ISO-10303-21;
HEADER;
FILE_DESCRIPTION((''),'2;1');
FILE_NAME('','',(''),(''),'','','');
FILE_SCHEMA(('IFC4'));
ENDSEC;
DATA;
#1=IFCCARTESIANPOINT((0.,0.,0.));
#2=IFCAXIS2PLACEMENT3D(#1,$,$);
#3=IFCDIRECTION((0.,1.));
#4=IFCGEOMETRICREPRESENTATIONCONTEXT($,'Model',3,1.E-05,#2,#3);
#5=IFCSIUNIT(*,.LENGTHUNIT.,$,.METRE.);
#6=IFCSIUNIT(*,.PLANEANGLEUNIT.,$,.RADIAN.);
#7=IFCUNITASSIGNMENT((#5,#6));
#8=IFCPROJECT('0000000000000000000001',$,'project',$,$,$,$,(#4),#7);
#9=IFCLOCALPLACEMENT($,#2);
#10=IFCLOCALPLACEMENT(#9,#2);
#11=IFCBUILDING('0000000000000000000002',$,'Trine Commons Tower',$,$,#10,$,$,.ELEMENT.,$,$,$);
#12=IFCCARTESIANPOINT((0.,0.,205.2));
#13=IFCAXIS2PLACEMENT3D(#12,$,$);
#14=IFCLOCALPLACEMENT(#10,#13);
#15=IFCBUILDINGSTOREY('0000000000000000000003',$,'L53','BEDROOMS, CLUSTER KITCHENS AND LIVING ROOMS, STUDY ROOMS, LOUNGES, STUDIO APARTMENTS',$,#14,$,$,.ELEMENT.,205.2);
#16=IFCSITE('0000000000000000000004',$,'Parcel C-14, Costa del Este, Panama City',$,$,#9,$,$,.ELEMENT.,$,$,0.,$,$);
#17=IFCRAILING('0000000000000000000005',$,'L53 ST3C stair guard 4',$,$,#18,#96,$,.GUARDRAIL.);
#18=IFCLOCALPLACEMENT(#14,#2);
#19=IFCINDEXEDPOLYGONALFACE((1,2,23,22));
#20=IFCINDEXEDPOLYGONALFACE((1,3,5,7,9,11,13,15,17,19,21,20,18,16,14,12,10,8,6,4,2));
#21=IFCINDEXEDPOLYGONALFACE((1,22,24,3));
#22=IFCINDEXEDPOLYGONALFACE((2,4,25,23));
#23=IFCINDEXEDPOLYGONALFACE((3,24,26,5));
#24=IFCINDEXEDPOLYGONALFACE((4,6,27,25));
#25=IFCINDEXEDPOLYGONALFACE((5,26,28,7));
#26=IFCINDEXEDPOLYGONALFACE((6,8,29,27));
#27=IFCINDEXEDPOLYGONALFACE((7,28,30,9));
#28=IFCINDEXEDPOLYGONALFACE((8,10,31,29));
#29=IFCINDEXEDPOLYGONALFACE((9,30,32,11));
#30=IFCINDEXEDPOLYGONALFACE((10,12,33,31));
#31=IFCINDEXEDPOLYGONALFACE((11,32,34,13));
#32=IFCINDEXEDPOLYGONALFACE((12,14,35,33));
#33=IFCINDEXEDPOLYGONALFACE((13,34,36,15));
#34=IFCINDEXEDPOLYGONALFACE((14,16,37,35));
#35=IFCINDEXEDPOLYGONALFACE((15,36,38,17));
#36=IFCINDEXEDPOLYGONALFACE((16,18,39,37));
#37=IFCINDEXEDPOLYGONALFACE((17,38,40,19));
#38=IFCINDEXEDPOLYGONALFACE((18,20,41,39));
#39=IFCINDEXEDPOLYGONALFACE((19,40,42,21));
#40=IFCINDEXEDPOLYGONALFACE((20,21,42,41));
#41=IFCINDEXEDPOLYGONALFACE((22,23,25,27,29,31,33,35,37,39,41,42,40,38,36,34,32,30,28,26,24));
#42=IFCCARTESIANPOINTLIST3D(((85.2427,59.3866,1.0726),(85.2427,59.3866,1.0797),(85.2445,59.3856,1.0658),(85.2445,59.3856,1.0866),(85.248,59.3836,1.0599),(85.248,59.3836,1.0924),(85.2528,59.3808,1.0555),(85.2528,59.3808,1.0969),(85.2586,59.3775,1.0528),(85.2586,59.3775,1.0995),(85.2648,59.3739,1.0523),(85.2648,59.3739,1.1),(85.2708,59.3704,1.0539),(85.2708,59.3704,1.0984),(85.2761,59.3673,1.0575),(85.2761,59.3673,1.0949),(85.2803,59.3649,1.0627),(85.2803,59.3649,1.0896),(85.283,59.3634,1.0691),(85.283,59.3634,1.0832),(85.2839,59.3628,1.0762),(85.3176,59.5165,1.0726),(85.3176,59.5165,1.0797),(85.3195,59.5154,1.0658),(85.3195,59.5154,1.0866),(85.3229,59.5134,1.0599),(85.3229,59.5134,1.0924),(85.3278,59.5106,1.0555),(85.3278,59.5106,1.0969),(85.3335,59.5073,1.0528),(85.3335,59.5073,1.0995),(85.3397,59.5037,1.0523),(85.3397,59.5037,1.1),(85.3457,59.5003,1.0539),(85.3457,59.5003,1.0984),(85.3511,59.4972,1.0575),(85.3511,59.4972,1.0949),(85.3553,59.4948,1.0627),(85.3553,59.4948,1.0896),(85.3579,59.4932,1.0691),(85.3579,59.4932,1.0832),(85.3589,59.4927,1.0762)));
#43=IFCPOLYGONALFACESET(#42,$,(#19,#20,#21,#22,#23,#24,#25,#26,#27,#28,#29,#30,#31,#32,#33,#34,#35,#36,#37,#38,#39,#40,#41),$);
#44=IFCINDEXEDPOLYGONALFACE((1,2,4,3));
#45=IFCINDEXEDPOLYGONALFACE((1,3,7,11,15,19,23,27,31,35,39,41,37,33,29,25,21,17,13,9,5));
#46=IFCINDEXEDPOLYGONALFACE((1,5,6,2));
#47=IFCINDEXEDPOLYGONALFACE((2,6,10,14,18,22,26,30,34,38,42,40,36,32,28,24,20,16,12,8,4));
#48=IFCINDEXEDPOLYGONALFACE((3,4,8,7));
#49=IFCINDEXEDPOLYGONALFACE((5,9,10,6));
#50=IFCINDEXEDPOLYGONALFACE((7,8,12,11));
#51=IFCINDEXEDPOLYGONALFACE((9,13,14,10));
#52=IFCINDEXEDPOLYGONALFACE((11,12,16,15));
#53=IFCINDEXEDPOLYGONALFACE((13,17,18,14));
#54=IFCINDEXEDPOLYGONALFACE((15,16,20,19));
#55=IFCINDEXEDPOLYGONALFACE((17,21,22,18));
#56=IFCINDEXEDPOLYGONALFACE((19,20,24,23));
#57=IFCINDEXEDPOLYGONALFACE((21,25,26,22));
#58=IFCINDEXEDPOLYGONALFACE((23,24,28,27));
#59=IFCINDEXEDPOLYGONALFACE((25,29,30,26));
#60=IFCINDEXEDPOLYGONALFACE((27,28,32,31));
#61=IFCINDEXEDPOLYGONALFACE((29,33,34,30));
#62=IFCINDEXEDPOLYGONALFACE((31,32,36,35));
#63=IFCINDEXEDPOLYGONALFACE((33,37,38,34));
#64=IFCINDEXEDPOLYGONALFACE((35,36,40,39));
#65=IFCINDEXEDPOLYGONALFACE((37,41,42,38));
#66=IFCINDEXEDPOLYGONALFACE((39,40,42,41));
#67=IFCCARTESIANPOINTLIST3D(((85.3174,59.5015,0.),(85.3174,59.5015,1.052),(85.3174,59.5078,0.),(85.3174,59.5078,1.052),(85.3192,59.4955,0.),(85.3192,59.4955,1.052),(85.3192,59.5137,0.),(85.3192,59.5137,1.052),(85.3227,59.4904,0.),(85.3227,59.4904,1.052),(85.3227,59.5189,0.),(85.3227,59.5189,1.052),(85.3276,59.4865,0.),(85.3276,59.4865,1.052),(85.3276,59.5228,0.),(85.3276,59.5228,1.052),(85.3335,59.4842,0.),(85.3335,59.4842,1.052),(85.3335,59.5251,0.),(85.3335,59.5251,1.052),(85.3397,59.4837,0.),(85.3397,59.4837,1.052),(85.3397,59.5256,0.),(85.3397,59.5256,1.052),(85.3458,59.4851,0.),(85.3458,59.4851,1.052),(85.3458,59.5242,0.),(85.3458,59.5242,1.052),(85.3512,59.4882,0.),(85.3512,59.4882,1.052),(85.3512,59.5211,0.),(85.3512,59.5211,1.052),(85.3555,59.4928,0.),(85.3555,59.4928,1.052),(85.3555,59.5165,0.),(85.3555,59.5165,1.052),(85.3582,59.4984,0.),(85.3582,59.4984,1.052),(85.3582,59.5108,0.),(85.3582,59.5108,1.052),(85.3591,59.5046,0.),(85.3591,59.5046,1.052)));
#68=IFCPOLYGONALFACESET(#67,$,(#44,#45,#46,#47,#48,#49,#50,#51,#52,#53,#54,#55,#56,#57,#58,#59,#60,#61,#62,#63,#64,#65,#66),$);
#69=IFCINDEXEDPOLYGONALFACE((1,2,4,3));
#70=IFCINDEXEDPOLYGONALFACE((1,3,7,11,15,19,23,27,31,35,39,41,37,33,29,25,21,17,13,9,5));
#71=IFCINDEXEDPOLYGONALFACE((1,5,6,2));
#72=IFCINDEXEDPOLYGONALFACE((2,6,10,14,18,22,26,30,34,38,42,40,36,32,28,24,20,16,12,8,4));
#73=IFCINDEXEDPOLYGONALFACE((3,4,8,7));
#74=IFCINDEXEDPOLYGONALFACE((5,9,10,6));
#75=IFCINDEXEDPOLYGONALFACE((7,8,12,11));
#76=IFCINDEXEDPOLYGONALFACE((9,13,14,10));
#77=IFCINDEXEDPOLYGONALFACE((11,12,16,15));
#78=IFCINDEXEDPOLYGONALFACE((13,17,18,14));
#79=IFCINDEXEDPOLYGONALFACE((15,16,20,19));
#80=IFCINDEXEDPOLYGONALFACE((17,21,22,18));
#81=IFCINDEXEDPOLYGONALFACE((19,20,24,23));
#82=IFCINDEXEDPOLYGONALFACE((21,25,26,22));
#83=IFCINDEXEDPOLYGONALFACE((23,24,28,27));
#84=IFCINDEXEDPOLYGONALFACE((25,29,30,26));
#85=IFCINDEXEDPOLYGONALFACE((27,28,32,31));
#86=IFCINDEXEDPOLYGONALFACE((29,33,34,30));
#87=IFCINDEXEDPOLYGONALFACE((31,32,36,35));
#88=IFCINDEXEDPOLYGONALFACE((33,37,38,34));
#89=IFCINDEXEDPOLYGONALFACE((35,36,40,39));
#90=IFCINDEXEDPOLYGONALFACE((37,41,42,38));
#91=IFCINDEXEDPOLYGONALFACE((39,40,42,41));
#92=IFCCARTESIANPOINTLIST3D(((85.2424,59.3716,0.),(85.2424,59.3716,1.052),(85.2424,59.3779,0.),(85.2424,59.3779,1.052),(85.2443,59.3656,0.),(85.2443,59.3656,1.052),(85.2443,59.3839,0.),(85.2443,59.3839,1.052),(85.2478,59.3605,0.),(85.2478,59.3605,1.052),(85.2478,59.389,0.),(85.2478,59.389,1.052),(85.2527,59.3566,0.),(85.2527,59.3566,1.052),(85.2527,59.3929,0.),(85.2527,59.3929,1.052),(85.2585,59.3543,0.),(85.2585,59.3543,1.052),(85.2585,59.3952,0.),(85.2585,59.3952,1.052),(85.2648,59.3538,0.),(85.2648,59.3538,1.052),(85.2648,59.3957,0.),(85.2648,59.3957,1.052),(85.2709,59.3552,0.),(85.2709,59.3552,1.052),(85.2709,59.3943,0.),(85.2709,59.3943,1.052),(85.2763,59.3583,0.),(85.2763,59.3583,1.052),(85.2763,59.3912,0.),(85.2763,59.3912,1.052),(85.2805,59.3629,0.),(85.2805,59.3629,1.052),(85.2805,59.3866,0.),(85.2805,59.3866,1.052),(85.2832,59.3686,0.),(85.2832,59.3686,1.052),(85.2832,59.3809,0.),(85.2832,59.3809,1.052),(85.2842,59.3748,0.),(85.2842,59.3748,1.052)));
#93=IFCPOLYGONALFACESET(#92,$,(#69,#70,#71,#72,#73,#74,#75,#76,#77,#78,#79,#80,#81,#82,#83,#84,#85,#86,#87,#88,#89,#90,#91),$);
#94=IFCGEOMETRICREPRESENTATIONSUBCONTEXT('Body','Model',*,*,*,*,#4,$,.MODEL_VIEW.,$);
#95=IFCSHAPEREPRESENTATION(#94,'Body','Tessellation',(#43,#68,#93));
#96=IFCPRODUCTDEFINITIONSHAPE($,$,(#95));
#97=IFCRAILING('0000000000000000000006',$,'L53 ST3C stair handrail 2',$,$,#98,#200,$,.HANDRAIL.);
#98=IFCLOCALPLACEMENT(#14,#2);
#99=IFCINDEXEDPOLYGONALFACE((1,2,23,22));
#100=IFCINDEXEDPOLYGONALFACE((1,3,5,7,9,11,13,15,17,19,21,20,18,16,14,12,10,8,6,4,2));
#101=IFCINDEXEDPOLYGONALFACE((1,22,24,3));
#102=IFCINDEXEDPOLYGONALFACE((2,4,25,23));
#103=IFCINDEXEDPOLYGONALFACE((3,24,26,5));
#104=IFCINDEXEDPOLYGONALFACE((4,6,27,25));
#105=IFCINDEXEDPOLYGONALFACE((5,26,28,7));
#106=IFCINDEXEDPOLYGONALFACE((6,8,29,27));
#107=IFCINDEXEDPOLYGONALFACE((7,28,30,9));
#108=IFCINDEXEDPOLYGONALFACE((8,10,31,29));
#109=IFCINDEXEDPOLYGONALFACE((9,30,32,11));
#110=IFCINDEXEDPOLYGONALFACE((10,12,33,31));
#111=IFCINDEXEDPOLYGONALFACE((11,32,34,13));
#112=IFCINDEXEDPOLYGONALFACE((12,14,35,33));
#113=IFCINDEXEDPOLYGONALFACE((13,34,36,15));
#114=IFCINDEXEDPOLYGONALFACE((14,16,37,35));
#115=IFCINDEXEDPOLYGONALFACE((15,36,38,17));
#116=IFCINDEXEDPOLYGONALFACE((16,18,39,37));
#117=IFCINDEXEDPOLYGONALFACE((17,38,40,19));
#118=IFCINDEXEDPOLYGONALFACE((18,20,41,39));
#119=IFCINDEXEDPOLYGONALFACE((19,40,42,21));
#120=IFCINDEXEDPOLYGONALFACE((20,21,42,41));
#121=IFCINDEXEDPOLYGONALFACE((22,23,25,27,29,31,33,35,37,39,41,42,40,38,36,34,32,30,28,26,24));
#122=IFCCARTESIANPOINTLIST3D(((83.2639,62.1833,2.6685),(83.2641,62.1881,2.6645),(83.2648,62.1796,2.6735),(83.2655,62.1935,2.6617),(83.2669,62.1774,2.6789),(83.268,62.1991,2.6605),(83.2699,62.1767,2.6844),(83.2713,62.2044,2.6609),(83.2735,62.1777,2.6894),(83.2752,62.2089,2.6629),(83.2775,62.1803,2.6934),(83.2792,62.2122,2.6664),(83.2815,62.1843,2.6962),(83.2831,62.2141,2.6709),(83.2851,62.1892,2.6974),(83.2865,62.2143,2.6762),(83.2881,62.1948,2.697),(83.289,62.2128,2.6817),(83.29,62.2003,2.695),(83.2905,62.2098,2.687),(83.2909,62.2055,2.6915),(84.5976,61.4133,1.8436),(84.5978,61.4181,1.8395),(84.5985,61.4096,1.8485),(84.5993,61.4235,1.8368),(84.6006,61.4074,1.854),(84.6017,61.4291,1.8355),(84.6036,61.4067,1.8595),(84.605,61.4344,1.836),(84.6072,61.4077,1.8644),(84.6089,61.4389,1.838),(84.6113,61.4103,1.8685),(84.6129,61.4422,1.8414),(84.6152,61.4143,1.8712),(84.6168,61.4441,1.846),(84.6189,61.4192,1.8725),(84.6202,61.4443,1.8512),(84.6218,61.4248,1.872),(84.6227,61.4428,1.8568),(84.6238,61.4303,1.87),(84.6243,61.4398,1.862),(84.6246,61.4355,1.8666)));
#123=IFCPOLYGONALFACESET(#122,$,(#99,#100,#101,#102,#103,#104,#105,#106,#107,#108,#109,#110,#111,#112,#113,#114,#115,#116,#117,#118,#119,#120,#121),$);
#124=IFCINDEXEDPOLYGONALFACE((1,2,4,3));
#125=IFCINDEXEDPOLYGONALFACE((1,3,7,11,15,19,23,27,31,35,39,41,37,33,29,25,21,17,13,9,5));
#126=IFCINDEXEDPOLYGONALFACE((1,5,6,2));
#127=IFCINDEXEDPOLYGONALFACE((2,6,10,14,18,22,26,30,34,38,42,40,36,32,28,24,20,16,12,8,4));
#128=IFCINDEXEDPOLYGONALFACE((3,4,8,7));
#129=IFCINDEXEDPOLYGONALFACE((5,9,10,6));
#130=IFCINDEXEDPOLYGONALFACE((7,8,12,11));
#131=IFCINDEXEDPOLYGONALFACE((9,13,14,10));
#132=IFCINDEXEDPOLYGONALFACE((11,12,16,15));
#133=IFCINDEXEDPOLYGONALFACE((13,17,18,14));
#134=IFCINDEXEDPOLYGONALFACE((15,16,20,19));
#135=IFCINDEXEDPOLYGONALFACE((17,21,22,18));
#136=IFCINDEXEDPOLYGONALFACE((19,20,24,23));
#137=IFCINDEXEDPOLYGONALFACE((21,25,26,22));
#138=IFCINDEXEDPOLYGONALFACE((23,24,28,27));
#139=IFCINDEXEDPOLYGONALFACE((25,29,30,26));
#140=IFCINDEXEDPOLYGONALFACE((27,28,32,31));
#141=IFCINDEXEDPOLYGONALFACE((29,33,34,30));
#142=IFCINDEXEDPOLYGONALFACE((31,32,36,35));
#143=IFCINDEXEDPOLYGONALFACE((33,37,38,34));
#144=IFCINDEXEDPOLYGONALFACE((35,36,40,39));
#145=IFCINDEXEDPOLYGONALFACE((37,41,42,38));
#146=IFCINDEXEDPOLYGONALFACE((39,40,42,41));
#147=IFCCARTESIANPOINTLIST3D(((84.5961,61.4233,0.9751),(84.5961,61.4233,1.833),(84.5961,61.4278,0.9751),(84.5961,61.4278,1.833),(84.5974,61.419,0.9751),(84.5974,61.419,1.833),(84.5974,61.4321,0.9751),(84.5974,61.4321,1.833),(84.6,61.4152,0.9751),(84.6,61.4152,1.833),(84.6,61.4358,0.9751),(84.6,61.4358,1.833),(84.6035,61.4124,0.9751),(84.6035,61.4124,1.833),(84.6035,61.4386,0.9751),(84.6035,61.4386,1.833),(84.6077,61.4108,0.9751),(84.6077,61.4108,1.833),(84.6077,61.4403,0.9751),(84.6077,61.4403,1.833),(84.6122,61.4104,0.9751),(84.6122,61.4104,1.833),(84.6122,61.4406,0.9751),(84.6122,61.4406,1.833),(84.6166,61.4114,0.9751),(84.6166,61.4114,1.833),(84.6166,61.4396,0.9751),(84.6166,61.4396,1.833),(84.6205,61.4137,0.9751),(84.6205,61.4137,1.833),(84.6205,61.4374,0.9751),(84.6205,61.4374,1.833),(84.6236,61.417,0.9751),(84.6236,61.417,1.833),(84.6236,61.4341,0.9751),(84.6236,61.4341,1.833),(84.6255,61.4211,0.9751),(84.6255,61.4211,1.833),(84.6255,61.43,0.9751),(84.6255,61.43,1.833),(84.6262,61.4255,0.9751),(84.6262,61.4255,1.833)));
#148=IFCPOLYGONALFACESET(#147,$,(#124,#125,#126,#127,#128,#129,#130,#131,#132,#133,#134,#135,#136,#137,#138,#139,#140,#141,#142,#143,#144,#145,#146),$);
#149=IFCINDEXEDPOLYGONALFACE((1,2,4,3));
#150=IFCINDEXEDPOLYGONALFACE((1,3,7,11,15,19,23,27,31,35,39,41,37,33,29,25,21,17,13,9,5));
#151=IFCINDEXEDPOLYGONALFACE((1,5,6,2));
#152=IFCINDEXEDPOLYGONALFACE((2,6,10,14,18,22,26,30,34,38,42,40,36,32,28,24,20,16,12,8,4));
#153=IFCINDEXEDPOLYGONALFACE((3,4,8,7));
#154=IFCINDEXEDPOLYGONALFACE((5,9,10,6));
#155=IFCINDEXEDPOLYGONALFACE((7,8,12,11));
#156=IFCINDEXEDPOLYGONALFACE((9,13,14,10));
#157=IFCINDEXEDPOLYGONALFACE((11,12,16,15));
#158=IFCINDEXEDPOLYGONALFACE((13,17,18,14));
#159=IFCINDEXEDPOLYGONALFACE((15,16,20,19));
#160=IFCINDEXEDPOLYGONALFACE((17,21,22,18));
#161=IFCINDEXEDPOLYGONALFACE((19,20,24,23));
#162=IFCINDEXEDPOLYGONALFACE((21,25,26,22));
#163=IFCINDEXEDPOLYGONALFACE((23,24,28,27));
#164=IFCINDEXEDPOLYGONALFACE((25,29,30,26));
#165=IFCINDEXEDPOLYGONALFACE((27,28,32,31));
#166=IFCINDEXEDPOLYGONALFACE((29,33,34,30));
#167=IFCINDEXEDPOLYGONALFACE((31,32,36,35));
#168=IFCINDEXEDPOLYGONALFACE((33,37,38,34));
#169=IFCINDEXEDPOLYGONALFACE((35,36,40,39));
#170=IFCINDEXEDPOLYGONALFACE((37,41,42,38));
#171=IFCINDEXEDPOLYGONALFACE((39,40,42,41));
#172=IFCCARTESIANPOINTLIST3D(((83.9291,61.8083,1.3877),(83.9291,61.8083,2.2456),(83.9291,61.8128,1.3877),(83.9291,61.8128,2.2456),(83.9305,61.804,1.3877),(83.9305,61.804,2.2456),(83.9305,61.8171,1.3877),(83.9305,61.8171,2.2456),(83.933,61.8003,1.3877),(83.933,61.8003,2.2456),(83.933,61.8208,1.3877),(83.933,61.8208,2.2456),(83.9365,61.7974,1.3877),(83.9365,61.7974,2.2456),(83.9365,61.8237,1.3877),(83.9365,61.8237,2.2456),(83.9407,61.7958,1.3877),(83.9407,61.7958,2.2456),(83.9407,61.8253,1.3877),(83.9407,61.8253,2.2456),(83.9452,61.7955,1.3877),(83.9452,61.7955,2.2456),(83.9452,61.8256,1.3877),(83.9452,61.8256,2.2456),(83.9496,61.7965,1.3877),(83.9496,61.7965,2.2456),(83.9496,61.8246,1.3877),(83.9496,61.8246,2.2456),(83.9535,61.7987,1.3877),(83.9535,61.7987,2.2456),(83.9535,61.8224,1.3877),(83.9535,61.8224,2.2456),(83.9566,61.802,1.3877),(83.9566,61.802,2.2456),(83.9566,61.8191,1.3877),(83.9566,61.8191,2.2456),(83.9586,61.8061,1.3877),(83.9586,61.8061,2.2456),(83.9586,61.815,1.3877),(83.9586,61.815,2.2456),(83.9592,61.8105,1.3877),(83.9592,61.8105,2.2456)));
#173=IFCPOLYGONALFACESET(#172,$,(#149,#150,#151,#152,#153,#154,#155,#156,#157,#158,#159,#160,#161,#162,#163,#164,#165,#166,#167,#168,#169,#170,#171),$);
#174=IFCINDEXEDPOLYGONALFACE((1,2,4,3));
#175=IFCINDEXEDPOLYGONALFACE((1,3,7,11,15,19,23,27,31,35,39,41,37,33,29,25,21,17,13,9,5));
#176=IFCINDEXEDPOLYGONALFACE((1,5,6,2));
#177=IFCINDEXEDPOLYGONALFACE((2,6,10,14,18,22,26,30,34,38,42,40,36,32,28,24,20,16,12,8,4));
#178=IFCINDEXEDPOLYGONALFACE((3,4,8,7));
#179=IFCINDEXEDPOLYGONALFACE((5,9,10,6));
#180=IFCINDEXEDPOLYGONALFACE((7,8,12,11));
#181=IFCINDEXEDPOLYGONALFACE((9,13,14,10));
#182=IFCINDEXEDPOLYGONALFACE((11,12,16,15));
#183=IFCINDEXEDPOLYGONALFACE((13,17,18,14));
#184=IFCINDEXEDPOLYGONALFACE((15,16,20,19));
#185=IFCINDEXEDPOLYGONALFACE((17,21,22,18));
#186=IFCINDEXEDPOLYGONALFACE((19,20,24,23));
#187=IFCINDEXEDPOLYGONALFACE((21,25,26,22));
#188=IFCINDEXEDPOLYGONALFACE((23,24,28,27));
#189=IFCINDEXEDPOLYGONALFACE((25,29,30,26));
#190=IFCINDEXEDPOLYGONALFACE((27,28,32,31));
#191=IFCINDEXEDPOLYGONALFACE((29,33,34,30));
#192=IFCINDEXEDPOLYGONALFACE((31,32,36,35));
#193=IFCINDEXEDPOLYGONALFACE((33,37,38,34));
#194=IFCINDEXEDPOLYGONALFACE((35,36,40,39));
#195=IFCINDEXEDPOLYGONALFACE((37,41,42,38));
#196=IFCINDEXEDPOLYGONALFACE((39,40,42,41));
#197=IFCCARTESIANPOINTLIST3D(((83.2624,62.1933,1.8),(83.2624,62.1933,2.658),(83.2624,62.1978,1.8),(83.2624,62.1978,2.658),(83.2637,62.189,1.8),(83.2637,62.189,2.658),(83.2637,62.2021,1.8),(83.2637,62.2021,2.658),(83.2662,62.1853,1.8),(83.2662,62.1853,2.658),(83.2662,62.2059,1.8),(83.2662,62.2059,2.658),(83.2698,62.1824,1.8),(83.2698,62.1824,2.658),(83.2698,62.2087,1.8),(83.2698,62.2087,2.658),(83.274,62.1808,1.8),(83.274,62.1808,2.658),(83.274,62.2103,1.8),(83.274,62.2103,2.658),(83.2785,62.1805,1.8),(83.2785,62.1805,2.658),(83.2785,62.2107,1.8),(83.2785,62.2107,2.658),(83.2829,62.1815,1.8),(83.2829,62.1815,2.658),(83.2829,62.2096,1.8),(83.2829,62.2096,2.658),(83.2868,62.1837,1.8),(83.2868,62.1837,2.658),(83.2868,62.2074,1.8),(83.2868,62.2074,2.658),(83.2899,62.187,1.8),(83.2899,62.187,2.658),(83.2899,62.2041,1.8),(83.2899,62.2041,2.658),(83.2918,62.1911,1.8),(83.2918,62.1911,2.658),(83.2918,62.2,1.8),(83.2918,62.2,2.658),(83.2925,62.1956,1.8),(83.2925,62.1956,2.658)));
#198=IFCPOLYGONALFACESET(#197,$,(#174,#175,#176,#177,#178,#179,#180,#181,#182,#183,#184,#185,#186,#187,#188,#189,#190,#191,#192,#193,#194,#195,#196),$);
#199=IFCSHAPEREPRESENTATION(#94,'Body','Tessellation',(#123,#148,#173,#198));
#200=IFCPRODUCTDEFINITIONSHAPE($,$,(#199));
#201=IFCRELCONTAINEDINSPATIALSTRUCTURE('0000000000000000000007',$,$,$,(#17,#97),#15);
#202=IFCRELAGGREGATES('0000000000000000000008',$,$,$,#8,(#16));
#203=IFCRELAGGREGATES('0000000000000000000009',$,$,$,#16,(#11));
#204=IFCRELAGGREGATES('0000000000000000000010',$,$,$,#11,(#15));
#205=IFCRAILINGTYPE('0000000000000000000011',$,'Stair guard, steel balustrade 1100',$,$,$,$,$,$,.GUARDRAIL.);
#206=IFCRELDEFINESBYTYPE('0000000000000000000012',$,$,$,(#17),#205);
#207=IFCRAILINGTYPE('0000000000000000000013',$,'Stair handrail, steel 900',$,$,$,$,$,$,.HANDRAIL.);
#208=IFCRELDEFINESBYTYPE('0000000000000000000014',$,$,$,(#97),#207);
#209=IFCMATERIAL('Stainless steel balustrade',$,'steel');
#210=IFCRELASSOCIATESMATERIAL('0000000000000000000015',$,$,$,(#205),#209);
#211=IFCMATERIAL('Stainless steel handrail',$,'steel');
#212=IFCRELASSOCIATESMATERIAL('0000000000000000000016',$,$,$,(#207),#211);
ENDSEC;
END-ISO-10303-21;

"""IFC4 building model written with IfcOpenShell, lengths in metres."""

from ifc_helpers import new_model, si_unit, direction, frame, origin, origin_2d, place, context, subcontext, project, spatial, circle, extrude, material, type_object, element, save


model = new_model("IFC4")

# Units and contexts
model_context = context("Model", 3, precision=1e-05, world=origin(), true_north=direction((0.0, 1.0)))
body_context = subcontext(model_context, "Body", "Model", "MODEL_VIEW")
ifc_project = project(units=[si_unit("LENGTHUNIT", "METRE"), si_unit("PLANEANGLEUNIT", "RADIAN")], contexts=[model_context])

# Site, building, storey
site_placement = place(None, origin())
site = spatial("IfcSite", under=ifc_project, at=site_placement, Name="Parcel C-14, Costa del Este, Panama City", CompositionType="ELEMENT", RefElevation=0.0)
building_placement = place(site_placement, origin())
building = spatial("IfcBuilding", under=site, at=building_placement, Name="Trine Commons Tower", CompositionType="ELEMENT")
storey_placement = place(building_placement, frame((0.0, 0.0, 205.2)))
storey = spatial("IfcBuildingStorey", under=building, at=storey_placement, Name="L53", Description="BEDROOMS, CLUSTER KITCHENS AND LIVING ROOMS, STUDY ROOMS, LOUNGES, STUDIO APARTMENTS", CompositionType="ELEMENT", Elevation=205.2)

# Railings
ifc_material_1 = material(Name="Stainless steel balustrade", Category="steel")
railing_type_1 = type_object("IfcRailingType", Name="Stair guard, steel balustrade 1100", PredefinedType="GUARDRAIL", material=ifc_material_1)
railing_1_placement = place(storey_placement, frame((85.3381, 59.5046, 0.0)))
element("IfcRailing", 1, at=railing_1_placement, inside=storey, type_object=railing_type_1, Name="L53 ST3C stair guard 4", PredefinedType="GUARDRAIL", context=body_context, shape_type="SweptSolid", body=[
    extrude(circle(Radius=0.0239, at=origin_2d()), frame((0.0, 0.0, 1.0762), z_axis=(-0.499816, -0.866131, 0.0), x_axis=(0.866131, -0.499816, 0.0)), (0.0, 0.0, 1.0), 0.1499),
    extrude(circle(Radius=0.021, at=origin_2d()), origin(), (0.0, 0.0, 1.0), 1.052),
    extrude(circle(Radius=0.021, at=origin_2d()), frame((-0.075, -0.1299, 0.0)), (0.0, 0.0, 1.0), 1.052),
])
ifc_material_2 = material(Name="Stainless steel handrail", Category="steel")
railing_type_2 = type_object("IfcRailingType", Name="Stair handrail, steel 900", PredefinedType="HANDRAIL", material=ifc_material_2)
railing_2_placement = place(storey_placement, frame((84.6111, 61.4255, 0.9751)))
element("IfcRailing", 2, at=railing_2_placement, inside=storey, type_object=railing_type_2, Name="L53 ST3C stair handrail 2", PredefinedType="HANDRAIL", context=body_context, shape_type="SweptSolid", body=[
    extrude(circle(Radius=0.021, at=origin_2d()), frame((0.0, 0.0, 0.8789), z_axis=(-0.763405, 0.440743, 0.472185), x_axis=(-0.499992, -0.86603, 0.0)), (0.0, 0.0, 1.0), 1.7471),
    extrude(circle(Radius=0.0151, at=origin_2d()), origin(), (0.0, 0.0, 1.0), 0.8579),
    extrude(circle(Radius=0.0151, at=origin_2d()), frame((-0.667, 0.385, 0.4126)), (0.0, 0.0, 1.0), 0.8579),
    extrude(circle(Radius=0.0151, at=origin_2d()), frame((-1.3337, 0.77, 0.825)), (0.0, 0.0, 1.0), 0.8579),
])

save(model, "model.ifc")
